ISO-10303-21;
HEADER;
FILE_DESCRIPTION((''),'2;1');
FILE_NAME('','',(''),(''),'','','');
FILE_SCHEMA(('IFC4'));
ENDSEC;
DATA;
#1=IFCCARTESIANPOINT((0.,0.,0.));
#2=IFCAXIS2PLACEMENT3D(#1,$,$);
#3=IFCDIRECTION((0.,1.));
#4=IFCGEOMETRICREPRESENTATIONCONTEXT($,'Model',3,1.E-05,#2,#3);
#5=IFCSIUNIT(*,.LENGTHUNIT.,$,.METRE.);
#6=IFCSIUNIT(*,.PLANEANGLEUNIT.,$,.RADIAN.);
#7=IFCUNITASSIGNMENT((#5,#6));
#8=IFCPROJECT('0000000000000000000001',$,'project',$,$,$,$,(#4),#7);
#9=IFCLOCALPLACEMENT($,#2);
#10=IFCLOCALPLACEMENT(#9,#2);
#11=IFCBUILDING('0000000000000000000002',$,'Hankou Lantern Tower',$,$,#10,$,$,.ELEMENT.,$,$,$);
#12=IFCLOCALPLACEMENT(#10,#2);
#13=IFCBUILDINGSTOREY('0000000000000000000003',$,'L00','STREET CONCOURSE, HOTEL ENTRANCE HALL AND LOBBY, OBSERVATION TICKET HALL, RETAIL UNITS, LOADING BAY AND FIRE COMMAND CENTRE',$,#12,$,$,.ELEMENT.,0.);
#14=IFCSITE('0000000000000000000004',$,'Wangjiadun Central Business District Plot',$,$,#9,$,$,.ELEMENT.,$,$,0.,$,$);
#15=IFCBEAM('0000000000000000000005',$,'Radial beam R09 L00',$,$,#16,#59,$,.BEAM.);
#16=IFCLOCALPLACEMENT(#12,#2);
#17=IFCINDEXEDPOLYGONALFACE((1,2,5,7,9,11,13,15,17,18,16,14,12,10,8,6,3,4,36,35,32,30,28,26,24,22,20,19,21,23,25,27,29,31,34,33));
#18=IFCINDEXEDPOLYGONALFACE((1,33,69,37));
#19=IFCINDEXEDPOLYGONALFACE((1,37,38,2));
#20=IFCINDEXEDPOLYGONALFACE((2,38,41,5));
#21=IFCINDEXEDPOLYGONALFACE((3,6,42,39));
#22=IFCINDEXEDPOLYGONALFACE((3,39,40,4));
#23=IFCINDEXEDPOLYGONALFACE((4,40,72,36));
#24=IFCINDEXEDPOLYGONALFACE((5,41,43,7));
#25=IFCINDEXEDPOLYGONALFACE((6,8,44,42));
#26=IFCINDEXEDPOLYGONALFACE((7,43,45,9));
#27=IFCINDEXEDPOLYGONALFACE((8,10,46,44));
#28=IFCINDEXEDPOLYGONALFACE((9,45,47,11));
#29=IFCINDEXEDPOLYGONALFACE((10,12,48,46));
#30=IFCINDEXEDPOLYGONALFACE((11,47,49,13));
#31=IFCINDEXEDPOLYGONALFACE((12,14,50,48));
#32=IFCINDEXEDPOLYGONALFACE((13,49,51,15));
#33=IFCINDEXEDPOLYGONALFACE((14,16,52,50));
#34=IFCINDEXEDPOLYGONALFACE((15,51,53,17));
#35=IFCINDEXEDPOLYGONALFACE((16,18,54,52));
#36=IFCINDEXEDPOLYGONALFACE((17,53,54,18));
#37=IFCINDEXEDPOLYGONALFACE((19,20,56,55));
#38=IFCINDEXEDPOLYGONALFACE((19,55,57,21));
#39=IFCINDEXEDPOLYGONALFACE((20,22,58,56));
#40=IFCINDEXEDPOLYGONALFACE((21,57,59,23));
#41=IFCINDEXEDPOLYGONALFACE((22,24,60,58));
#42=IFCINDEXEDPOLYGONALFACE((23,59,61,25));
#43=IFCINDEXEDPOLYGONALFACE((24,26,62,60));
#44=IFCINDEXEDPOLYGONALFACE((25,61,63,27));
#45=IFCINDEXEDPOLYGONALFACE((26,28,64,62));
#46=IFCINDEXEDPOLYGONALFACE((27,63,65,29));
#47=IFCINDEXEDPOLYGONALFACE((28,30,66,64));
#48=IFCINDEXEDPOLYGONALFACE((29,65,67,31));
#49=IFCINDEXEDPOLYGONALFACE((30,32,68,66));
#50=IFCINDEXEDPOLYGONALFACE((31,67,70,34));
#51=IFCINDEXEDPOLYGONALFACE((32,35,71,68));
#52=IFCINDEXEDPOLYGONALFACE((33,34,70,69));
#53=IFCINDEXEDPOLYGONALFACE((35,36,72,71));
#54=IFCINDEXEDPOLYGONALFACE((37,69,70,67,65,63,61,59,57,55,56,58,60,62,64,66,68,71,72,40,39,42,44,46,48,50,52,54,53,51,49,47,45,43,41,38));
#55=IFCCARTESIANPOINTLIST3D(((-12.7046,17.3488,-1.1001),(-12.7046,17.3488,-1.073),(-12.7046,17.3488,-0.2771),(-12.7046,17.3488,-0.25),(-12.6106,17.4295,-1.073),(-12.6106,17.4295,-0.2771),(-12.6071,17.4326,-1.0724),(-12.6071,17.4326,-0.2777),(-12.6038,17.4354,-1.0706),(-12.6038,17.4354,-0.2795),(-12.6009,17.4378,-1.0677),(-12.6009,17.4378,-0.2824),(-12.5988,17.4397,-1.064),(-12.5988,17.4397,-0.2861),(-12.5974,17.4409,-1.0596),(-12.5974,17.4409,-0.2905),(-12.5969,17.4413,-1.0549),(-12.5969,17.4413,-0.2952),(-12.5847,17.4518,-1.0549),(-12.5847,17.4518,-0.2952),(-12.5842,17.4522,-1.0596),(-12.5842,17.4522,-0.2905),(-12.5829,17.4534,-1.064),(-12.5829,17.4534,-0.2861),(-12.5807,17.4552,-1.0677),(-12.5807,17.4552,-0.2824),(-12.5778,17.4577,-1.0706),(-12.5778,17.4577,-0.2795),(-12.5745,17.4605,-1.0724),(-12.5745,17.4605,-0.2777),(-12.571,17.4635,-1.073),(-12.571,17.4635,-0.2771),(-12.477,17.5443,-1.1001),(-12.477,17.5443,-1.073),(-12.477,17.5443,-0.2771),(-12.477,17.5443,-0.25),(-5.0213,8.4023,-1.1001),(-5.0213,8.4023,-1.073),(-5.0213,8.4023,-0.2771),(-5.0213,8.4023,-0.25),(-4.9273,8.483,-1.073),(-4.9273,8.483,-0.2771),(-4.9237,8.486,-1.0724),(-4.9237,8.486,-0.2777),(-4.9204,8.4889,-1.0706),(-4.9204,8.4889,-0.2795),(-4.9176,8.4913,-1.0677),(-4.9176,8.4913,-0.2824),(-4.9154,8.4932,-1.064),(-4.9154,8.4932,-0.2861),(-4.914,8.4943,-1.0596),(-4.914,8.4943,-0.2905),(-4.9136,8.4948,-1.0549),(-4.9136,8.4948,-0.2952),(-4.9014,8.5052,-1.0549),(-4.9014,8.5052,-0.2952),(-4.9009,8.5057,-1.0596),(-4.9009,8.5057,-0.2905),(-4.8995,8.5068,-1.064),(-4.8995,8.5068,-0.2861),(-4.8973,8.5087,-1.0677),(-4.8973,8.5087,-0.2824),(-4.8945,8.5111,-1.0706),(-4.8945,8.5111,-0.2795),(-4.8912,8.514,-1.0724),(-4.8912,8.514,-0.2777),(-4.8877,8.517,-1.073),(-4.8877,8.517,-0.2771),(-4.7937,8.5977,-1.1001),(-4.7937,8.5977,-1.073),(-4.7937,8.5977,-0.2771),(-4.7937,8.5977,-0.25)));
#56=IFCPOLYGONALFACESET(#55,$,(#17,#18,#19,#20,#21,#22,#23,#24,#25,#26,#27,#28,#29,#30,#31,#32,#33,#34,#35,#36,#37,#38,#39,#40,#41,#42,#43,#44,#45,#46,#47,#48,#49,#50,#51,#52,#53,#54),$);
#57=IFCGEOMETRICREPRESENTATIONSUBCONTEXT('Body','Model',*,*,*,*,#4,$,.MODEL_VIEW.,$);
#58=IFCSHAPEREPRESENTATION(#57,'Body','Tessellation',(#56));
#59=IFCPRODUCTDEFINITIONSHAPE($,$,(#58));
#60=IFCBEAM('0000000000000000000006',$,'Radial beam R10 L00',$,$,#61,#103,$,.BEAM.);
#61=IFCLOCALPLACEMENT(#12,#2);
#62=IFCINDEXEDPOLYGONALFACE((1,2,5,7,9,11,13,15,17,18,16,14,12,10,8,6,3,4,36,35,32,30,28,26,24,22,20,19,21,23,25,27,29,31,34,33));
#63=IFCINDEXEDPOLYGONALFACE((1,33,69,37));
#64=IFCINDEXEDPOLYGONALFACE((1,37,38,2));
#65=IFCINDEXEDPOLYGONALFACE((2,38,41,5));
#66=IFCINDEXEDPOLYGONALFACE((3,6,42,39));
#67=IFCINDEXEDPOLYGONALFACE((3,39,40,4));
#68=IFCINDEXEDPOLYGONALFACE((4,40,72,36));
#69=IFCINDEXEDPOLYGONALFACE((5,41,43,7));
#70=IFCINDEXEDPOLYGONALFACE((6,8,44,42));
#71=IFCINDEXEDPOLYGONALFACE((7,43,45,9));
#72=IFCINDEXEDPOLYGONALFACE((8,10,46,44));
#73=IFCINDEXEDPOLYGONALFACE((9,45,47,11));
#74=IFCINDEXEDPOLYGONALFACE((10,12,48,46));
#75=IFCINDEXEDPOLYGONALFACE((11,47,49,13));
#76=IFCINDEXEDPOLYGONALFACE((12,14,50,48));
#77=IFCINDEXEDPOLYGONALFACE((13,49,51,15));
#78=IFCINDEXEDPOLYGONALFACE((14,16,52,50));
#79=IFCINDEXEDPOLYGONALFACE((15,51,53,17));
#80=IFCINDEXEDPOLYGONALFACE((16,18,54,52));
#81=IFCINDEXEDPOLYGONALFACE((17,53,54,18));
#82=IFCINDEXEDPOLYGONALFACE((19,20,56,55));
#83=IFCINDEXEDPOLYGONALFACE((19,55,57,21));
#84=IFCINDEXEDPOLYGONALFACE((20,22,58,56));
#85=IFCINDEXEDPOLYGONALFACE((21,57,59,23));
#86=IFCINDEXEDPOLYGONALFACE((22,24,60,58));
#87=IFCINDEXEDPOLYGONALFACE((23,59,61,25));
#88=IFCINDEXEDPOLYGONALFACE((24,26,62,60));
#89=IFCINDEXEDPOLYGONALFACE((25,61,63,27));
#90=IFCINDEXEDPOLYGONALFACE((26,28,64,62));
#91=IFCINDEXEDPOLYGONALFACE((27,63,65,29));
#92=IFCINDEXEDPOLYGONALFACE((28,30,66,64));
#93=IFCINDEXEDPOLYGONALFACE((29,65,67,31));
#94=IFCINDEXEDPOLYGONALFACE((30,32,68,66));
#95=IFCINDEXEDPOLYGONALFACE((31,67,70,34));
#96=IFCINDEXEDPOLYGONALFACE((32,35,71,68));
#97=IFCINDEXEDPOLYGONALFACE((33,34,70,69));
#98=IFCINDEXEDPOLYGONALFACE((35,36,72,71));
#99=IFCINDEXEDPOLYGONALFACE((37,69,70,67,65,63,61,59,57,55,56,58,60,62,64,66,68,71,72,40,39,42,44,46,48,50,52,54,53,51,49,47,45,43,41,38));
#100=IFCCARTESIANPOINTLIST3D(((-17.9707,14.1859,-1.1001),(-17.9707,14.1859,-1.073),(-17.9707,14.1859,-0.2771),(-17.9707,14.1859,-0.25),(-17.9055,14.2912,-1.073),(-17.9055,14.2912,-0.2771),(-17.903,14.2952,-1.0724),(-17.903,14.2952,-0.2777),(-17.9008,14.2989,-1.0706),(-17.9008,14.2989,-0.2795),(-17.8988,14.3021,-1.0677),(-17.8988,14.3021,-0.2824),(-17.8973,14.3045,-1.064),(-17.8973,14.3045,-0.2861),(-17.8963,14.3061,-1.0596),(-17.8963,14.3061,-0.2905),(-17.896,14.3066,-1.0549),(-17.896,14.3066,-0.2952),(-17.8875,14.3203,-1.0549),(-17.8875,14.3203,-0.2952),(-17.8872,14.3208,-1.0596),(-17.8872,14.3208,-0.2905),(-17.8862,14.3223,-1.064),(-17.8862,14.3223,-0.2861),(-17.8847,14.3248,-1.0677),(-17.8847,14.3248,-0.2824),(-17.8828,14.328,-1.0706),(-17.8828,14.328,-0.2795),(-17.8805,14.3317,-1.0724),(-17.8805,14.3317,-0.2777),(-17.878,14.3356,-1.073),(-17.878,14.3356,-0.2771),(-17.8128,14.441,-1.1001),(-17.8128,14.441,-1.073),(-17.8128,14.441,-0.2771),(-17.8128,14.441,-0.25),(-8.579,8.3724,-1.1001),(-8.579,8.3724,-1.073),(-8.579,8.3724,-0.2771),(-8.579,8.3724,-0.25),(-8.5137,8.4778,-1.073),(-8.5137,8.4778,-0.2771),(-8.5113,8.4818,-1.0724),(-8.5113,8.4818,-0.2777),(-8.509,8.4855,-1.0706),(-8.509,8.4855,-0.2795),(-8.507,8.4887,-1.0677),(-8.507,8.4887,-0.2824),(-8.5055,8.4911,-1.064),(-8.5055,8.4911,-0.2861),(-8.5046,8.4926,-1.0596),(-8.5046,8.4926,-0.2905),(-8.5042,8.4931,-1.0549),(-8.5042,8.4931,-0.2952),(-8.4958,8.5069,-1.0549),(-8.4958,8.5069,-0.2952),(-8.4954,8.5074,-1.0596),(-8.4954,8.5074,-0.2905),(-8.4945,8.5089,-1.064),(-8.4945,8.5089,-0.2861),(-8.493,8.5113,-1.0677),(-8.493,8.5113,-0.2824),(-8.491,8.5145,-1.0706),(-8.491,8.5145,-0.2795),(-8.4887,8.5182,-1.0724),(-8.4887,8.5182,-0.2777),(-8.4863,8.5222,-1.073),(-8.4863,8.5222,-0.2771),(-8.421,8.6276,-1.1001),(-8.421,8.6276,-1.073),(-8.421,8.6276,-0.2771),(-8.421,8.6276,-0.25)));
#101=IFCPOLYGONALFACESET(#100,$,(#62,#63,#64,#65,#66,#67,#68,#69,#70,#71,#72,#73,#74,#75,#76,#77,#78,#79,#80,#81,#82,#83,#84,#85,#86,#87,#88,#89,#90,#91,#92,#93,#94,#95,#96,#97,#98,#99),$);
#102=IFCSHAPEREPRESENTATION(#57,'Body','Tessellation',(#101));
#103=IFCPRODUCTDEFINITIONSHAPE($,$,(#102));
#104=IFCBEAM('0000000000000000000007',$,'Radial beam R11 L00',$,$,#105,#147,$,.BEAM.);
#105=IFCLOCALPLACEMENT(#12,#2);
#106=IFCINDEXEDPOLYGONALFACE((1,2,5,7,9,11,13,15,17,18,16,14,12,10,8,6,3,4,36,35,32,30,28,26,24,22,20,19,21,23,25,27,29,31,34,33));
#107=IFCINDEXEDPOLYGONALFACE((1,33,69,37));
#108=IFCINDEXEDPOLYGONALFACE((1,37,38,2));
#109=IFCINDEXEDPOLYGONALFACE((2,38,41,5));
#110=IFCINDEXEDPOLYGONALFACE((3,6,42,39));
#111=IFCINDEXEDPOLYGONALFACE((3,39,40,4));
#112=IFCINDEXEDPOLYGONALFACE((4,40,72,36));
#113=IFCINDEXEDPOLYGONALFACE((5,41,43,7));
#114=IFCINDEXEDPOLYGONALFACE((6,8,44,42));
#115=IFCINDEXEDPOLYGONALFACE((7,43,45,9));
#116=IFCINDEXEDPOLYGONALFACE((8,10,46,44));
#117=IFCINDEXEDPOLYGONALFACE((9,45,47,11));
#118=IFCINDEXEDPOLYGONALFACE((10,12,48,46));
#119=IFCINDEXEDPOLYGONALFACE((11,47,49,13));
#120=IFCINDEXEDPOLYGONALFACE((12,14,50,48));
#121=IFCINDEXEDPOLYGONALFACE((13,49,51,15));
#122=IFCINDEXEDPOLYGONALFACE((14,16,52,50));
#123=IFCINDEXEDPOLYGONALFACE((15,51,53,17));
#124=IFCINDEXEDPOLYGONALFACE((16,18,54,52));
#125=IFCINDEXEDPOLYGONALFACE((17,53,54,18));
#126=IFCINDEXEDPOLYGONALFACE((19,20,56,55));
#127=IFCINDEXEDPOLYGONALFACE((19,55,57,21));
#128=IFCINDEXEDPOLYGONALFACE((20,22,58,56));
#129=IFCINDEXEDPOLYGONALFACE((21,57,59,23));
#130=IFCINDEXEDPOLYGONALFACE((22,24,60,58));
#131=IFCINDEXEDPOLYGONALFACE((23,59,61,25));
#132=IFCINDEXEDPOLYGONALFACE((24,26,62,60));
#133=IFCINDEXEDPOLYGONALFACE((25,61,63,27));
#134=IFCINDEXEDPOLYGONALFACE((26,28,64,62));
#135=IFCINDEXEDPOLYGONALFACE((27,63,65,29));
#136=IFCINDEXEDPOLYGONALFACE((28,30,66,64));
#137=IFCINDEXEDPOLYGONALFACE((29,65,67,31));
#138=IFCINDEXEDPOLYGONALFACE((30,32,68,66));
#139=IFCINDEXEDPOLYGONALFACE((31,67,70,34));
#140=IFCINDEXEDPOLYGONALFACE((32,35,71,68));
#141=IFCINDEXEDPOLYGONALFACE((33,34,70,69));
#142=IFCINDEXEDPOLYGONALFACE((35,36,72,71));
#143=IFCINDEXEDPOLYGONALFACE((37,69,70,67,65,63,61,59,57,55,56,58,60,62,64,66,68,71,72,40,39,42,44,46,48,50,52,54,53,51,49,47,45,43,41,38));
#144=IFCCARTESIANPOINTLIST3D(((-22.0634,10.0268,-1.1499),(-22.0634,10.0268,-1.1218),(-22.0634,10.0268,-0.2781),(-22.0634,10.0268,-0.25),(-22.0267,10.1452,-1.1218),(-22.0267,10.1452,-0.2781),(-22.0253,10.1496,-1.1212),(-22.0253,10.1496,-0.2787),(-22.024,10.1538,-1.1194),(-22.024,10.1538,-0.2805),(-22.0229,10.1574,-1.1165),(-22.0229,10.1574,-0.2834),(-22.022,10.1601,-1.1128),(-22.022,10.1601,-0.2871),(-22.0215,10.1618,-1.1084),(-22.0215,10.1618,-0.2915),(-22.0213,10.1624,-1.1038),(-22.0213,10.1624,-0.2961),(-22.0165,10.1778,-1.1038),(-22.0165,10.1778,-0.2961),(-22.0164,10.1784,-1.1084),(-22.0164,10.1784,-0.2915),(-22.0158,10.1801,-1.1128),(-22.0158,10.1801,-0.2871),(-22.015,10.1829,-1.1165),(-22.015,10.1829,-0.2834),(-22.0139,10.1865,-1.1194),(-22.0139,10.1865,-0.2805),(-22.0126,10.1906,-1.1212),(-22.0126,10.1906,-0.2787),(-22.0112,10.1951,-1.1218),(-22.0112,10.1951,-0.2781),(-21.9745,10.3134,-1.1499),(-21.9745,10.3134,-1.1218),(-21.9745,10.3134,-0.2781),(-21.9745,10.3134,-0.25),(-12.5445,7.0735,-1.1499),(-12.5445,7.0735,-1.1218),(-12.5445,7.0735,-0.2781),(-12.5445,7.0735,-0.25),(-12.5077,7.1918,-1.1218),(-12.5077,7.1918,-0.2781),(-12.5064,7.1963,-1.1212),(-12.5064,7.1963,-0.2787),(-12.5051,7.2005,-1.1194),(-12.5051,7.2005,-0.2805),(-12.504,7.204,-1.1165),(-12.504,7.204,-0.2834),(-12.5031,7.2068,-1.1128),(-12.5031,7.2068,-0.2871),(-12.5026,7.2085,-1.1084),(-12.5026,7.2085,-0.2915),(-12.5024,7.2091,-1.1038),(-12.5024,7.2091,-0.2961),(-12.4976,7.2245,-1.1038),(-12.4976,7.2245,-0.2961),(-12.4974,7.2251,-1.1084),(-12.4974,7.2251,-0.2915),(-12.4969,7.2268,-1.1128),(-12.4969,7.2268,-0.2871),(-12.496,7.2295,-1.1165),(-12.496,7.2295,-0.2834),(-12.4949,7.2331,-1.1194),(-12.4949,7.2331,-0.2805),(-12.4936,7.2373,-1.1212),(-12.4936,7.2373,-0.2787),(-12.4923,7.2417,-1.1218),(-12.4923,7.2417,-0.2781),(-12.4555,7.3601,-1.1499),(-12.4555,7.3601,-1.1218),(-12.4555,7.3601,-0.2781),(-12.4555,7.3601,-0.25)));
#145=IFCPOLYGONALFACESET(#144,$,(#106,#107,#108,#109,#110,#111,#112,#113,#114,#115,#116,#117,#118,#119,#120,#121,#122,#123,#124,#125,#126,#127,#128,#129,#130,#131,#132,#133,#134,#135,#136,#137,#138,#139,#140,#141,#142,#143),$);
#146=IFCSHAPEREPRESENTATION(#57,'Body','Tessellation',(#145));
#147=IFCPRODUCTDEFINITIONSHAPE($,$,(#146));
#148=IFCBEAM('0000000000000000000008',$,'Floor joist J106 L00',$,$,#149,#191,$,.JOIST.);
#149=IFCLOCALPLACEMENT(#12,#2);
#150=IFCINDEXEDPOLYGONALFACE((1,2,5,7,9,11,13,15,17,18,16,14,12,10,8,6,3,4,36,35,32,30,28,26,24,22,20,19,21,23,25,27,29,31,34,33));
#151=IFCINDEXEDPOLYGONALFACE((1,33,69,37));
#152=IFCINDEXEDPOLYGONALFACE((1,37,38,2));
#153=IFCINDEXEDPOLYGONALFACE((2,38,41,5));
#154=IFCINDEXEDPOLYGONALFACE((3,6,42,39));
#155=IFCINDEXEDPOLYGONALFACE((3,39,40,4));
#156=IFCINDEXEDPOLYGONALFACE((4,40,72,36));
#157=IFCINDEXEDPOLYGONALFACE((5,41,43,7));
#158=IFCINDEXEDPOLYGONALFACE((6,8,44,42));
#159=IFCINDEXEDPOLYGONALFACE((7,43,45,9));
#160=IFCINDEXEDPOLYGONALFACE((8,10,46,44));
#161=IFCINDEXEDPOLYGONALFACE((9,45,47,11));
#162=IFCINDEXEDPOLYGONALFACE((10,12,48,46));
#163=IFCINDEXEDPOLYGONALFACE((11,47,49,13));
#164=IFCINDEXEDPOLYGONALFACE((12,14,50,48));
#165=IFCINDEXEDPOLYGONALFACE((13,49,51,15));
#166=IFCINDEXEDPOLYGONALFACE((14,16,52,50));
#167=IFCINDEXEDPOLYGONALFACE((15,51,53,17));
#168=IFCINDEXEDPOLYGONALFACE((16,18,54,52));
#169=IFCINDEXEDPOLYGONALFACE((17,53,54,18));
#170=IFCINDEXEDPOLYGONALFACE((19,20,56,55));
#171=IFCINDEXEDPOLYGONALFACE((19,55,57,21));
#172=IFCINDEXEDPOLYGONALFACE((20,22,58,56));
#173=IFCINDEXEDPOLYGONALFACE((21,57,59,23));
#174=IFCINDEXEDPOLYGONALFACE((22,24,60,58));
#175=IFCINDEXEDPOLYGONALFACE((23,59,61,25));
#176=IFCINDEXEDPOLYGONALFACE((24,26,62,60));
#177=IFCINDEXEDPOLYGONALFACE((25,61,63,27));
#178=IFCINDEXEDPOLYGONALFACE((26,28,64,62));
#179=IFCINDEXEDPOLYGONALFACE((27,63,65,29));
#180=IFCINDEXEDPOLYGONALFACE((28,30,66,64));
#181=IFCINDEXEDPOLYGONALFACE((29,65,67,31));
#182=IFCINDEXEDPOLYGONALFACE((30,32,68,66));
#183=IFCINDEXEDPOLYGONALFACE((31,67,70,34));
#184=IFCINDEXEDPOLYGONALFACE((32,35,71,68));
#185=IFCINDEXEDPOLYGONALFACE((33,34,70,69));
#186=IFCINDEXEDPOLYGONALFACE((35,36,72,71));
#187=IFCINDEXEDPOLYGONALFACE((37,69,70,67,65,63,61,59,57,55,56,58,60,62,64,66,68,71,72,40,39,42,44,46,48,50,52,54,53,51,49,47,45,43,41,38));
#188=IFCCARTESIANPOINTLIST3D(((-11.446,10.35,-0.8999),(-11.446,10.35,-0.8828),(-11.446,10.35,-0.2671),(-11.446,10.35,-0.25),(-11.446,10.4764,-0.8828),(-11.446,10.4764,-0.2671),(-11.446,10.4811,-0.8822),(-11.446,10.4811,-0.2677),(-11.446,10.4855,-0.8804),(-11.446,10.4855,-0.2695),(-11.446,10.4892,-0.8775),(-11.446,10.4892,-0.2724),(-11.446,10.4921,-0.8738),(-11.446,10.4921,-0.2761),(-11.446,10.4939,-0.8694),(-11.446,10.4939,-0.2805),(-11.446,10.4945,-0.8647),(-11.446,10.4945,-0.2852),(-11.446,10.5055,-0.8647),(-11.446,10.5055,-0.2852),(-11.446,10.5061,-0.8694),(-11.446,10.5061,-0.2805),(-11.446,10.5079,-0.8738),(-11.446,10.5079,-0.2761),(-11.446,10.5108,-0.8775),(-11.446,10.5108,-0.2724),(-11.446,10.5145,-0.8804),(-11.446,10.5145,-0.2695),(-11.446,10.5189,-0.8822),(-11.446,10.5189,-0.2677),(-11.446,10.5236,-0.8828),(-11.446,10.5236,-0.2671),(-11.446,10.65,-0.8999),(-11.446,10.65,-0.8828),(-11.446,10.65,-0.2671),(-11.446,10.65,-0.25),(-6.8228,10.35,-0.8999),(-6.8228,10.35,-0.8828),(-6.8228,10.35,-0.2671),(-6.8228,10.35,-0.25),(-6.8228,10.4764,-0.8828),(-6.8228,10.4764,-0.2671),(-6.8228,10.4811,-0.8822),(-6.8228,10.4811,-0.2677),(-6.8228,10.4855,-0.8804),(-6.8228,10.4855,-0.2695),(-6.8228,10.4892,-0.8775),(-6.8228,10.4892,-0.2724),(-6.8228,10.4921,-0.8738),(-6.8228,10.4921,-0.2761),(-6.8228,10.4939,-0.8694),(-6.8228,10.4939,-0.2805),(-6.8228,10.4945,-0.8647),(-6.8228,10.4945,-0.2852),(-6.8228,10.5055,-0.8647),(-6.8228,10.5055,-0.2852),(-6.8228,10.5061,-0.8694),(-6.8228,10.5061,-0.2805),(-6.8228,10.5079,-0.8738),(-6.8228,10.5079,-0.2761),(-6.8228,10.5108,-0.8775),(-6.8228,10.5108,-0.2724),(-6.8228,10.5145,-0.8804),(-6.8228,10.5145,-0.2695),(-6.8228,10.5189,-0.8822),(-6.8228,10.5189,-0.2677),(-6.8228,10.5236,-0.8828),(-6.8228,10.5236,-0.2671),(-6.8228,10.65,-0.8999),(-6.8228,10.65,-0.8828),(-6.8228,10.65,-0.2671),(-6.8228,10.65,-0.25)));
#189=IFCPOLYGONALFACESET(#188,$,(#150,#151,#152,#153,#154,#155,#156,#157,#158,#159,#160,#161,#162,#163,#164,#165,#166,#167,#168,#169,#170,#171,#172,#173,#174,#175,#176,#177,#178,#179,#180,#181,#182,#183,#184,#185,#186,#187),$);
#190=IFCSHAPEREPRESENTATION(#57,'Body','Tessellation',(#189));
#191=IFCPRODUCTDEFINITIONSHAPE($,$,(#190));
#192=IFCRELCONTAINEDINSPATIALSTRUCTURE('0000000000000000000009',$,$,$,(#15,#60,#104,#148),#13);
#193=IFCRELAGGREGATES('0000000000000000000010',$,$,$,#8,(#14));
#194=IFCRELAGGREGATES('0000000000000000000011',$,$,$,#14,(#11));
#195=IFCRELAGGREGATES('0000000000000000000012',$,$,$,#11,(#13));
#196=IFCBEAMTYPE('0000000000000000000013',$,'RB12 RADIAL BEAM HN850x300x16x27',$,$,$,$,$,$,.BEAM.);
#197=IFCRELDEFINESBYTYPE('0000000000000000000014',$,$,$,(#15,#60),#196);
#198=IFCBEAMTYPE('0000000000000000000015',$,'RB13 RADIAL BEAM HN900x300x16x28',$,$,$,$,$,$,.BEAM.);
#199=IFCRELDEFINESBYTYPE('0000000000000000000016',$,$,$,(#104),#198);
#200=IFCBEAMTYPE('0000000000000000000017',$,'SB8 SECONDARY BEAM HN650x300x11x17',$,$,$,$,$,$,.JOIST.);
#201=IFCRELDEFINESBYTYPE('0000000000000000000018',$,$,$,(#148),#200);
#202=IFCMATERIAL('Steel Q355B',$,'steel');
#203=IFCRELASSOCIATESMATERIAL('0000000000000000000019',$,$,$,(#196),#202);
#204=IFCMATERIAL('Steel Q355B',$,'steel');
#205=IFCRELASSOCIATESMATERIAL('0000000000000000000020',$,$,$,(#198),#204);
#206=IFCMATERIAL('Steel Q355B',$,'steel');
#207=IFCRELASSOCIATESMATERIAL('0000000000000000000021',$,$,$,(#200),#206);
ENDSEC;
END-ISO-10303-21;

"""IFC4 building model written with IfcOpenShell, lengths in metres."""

from ifc_helpers import new_model, si_unit, direction, frame, origin, origin_2d, place, context, subcontext, project, spatial, i_section, extrude, material, material_profile, profile_set, type_object, element, save


model = new_model("IFC4")

# Units and contexts
model_context = context("Model", 3, precision=1e-05, world=origin(), true_north=direction((0.0, 1.0)))
body_context = subcontext(model_context, "Body", "Model", "MODEL_VIEW")
ifc_project = project(units=[si_unit("LENGTHUNIT", "METRE"), si_unit("PLANEANGLEUNIT", "RADIAN")], contexts=[model_context])

# Site, building, storey
site_placement = place(None, origin())
site = spatial("IfcSite", under=ifc_project, at=site_placement, Name="Wangjiadun Central Business District Plot", CompositionType="ELEMENT", RefElevation=0.0)
building_placement = place(site_placement, origin())
building = spatial("IfcBuilding", under=site, at=building_placement, Name="Hankou Lantern Tower", CompositionType="ELEMENT")
storey_placement = place(building_placement, origin())
storey = spatial("IfcBuildingStorey", under=building, at=storey_placement, Name="L00", Description="STREET CONCOURSE, HOTEL ENTRANCE HALL AND LOBBY, OBSERVATION TICKET HALL, RETAIL UNITS, LOADING BAY AND FIRE COMMAND CENTRE", CompositionType="ELEMENT", Elevation=0.0)

# Beams
ifc_material_1 = material(Name="Steel Q355B", Category="steel")
ifc_material_profile_1 = material_profile(ifc_material_1, i_section(OverallWidth=0.3, OverallDepth=0.8501, WebThickness=0.0161, FlangeThickness=0.0271, FilletRadius=0.0181, at=origin_2d()), Name="HN850x300x16x27")
ifc_profile_set_1 = profile_set([ifc_material_profile_1], Name="Steel Q355B")
beam_type_1 = type_object("IfcBeamType", Name="RB12 RADIAL BEAM HN850x300x16x27", PredefinedType="BEAM", material=ifc_profile_set_1)
beam_1_placement = place(storey_placement, frame((-4.9075, 8.5, -0.675), z_axis=(-0.651519, 0.758632, 0.0), x_axis=(-0.758632, -0.651519, 0.0)))
element("IfcBeam", 1, at=beam_1_placement, inside=storey, type_object=beam_type_1, Name="Radial beam R09 L00", PredefinedType="BEAM", context=body_context, shape_type="SweptSolid", body=[
    extrude(i_section(OverallWidth=0.3, OverallDepth=0.8501, WebThickness=0.0161, FlangeThickness=0.0271, FilletRadius=0.0181, at=origin_2d()), origin(), (0.0, 0.0, 1.0), 11.793),
])
beam_2_placement = place(storey_placement, frame((-8.5, 8.5, -0.675), z_axis=(-0.850286, 0.52632, 0.0), x_axis=(-0.52632, -0.850286, 0.0)))
element("IfcBeam", 2, at=beam_2_placement, inside=storey, type_object=beam_type_1, Name="Radial beam R10 L00", PredefinedType="BEAM", context=body_context, shape_type="SweptSolid", body=[
    extrude(i_section(OverallWidth=0.3, OverallDepth=0.8501, WebThickness=0.0161, FlangeThickness=0.0271, FilletRadius=0.0181, at=origin_2d()), origin(), (0.0, 0.0, 1.0), 11.0454),
])
ifc_material_2 = material(Name="Steel Q355B", Category="steel")
ifc_material_profile_2 = material_profile(ifc_material_2, i_section(OverallWidth=0.3, OverallDepth=0.8999, WebThickness=0.0161, FlangeThickness=0.0281, FilletRadius=0.0181, at=origin_2d()), Name="HN900x300x16x28")
ifc_profile_set_2 = profile_set([ifc_material_profile_2], Name="Steel Q355B")
beam_type_2 = type_object("IfcBeamType", Name="RB13 RADIAL BEAM HN900x300x16x28", PredefinedType="BEAM", material=ifc_profile_set_2)
beam_3_placement = place(storey_placement, frame((-12.5, 7.2168, -0.7), z_axis=(-0.955087, 0.296324, 0.0), x_axis=(-0.296324, -0.955087, 0.0)))
element("IfcBeam", 3, at=beam_3_placement, inside=storey, type_object=beam_type_2, Name="Radial beam R11 L00", PredefinedType="BEAM", context=body_context, shape_type="SweptSolid", body=[
    extrude(i_section(OverallWidth=0.3, OverallDepth=0.8999, WebThickness=0.0161, FlangeThickness=0.0281, FilletRadius=0.0181, at=origin_2d()), origin(), (0.0, 0.0, 1.0), 9.9666),
])
ifc_material_3 = material(Name="Steel Q355B", Category="steel")
ifc_material_profile_3 = material_profile(ifc_material_3, i_section(OverallWidth=0.3, OverallDepth=0.6499, WebThickness=0.011, FlangeThickness=0.0171, FilletRadius=0.0181, at=origin_2d()), Name="HN650x300x11x17")
ifc_profile_set_3 = profile_set([ifc_material_profile_3], Name="Steel Q355B")
beam_type_3 = type_object("IfcBeamType", Name="SB8 SECONDARY BEAM HN650x300x11x17", PredefinedType="JOIST", material=ifc_profile_set_3)
beam_4_placement = place(storey_placement, frame((-11.446, 10.5, -0.575), z_axis=(1.0, 0.0, 0.0), x_axis=(0.0, 1.0, 0.0)))
element("IfcBeam", 4, at=beam_4_placement, inside=storey, type_object=beam_type_3, Name="Floor joist J106 L00", PredefinedType="JOIST", context=body_context, shape_type="SweptSolid", body=[
    extrude(i_section(OverallWidth=0.3, OverallDepth=0.6499, WebThickness=0.011, FlangeThickness=0.0171, FilletRadius=0.0181, at=origin_2d()), origin(), (0.0, 0.0, 1.0), 4.6233),
])

save(model, "model.ifc")
